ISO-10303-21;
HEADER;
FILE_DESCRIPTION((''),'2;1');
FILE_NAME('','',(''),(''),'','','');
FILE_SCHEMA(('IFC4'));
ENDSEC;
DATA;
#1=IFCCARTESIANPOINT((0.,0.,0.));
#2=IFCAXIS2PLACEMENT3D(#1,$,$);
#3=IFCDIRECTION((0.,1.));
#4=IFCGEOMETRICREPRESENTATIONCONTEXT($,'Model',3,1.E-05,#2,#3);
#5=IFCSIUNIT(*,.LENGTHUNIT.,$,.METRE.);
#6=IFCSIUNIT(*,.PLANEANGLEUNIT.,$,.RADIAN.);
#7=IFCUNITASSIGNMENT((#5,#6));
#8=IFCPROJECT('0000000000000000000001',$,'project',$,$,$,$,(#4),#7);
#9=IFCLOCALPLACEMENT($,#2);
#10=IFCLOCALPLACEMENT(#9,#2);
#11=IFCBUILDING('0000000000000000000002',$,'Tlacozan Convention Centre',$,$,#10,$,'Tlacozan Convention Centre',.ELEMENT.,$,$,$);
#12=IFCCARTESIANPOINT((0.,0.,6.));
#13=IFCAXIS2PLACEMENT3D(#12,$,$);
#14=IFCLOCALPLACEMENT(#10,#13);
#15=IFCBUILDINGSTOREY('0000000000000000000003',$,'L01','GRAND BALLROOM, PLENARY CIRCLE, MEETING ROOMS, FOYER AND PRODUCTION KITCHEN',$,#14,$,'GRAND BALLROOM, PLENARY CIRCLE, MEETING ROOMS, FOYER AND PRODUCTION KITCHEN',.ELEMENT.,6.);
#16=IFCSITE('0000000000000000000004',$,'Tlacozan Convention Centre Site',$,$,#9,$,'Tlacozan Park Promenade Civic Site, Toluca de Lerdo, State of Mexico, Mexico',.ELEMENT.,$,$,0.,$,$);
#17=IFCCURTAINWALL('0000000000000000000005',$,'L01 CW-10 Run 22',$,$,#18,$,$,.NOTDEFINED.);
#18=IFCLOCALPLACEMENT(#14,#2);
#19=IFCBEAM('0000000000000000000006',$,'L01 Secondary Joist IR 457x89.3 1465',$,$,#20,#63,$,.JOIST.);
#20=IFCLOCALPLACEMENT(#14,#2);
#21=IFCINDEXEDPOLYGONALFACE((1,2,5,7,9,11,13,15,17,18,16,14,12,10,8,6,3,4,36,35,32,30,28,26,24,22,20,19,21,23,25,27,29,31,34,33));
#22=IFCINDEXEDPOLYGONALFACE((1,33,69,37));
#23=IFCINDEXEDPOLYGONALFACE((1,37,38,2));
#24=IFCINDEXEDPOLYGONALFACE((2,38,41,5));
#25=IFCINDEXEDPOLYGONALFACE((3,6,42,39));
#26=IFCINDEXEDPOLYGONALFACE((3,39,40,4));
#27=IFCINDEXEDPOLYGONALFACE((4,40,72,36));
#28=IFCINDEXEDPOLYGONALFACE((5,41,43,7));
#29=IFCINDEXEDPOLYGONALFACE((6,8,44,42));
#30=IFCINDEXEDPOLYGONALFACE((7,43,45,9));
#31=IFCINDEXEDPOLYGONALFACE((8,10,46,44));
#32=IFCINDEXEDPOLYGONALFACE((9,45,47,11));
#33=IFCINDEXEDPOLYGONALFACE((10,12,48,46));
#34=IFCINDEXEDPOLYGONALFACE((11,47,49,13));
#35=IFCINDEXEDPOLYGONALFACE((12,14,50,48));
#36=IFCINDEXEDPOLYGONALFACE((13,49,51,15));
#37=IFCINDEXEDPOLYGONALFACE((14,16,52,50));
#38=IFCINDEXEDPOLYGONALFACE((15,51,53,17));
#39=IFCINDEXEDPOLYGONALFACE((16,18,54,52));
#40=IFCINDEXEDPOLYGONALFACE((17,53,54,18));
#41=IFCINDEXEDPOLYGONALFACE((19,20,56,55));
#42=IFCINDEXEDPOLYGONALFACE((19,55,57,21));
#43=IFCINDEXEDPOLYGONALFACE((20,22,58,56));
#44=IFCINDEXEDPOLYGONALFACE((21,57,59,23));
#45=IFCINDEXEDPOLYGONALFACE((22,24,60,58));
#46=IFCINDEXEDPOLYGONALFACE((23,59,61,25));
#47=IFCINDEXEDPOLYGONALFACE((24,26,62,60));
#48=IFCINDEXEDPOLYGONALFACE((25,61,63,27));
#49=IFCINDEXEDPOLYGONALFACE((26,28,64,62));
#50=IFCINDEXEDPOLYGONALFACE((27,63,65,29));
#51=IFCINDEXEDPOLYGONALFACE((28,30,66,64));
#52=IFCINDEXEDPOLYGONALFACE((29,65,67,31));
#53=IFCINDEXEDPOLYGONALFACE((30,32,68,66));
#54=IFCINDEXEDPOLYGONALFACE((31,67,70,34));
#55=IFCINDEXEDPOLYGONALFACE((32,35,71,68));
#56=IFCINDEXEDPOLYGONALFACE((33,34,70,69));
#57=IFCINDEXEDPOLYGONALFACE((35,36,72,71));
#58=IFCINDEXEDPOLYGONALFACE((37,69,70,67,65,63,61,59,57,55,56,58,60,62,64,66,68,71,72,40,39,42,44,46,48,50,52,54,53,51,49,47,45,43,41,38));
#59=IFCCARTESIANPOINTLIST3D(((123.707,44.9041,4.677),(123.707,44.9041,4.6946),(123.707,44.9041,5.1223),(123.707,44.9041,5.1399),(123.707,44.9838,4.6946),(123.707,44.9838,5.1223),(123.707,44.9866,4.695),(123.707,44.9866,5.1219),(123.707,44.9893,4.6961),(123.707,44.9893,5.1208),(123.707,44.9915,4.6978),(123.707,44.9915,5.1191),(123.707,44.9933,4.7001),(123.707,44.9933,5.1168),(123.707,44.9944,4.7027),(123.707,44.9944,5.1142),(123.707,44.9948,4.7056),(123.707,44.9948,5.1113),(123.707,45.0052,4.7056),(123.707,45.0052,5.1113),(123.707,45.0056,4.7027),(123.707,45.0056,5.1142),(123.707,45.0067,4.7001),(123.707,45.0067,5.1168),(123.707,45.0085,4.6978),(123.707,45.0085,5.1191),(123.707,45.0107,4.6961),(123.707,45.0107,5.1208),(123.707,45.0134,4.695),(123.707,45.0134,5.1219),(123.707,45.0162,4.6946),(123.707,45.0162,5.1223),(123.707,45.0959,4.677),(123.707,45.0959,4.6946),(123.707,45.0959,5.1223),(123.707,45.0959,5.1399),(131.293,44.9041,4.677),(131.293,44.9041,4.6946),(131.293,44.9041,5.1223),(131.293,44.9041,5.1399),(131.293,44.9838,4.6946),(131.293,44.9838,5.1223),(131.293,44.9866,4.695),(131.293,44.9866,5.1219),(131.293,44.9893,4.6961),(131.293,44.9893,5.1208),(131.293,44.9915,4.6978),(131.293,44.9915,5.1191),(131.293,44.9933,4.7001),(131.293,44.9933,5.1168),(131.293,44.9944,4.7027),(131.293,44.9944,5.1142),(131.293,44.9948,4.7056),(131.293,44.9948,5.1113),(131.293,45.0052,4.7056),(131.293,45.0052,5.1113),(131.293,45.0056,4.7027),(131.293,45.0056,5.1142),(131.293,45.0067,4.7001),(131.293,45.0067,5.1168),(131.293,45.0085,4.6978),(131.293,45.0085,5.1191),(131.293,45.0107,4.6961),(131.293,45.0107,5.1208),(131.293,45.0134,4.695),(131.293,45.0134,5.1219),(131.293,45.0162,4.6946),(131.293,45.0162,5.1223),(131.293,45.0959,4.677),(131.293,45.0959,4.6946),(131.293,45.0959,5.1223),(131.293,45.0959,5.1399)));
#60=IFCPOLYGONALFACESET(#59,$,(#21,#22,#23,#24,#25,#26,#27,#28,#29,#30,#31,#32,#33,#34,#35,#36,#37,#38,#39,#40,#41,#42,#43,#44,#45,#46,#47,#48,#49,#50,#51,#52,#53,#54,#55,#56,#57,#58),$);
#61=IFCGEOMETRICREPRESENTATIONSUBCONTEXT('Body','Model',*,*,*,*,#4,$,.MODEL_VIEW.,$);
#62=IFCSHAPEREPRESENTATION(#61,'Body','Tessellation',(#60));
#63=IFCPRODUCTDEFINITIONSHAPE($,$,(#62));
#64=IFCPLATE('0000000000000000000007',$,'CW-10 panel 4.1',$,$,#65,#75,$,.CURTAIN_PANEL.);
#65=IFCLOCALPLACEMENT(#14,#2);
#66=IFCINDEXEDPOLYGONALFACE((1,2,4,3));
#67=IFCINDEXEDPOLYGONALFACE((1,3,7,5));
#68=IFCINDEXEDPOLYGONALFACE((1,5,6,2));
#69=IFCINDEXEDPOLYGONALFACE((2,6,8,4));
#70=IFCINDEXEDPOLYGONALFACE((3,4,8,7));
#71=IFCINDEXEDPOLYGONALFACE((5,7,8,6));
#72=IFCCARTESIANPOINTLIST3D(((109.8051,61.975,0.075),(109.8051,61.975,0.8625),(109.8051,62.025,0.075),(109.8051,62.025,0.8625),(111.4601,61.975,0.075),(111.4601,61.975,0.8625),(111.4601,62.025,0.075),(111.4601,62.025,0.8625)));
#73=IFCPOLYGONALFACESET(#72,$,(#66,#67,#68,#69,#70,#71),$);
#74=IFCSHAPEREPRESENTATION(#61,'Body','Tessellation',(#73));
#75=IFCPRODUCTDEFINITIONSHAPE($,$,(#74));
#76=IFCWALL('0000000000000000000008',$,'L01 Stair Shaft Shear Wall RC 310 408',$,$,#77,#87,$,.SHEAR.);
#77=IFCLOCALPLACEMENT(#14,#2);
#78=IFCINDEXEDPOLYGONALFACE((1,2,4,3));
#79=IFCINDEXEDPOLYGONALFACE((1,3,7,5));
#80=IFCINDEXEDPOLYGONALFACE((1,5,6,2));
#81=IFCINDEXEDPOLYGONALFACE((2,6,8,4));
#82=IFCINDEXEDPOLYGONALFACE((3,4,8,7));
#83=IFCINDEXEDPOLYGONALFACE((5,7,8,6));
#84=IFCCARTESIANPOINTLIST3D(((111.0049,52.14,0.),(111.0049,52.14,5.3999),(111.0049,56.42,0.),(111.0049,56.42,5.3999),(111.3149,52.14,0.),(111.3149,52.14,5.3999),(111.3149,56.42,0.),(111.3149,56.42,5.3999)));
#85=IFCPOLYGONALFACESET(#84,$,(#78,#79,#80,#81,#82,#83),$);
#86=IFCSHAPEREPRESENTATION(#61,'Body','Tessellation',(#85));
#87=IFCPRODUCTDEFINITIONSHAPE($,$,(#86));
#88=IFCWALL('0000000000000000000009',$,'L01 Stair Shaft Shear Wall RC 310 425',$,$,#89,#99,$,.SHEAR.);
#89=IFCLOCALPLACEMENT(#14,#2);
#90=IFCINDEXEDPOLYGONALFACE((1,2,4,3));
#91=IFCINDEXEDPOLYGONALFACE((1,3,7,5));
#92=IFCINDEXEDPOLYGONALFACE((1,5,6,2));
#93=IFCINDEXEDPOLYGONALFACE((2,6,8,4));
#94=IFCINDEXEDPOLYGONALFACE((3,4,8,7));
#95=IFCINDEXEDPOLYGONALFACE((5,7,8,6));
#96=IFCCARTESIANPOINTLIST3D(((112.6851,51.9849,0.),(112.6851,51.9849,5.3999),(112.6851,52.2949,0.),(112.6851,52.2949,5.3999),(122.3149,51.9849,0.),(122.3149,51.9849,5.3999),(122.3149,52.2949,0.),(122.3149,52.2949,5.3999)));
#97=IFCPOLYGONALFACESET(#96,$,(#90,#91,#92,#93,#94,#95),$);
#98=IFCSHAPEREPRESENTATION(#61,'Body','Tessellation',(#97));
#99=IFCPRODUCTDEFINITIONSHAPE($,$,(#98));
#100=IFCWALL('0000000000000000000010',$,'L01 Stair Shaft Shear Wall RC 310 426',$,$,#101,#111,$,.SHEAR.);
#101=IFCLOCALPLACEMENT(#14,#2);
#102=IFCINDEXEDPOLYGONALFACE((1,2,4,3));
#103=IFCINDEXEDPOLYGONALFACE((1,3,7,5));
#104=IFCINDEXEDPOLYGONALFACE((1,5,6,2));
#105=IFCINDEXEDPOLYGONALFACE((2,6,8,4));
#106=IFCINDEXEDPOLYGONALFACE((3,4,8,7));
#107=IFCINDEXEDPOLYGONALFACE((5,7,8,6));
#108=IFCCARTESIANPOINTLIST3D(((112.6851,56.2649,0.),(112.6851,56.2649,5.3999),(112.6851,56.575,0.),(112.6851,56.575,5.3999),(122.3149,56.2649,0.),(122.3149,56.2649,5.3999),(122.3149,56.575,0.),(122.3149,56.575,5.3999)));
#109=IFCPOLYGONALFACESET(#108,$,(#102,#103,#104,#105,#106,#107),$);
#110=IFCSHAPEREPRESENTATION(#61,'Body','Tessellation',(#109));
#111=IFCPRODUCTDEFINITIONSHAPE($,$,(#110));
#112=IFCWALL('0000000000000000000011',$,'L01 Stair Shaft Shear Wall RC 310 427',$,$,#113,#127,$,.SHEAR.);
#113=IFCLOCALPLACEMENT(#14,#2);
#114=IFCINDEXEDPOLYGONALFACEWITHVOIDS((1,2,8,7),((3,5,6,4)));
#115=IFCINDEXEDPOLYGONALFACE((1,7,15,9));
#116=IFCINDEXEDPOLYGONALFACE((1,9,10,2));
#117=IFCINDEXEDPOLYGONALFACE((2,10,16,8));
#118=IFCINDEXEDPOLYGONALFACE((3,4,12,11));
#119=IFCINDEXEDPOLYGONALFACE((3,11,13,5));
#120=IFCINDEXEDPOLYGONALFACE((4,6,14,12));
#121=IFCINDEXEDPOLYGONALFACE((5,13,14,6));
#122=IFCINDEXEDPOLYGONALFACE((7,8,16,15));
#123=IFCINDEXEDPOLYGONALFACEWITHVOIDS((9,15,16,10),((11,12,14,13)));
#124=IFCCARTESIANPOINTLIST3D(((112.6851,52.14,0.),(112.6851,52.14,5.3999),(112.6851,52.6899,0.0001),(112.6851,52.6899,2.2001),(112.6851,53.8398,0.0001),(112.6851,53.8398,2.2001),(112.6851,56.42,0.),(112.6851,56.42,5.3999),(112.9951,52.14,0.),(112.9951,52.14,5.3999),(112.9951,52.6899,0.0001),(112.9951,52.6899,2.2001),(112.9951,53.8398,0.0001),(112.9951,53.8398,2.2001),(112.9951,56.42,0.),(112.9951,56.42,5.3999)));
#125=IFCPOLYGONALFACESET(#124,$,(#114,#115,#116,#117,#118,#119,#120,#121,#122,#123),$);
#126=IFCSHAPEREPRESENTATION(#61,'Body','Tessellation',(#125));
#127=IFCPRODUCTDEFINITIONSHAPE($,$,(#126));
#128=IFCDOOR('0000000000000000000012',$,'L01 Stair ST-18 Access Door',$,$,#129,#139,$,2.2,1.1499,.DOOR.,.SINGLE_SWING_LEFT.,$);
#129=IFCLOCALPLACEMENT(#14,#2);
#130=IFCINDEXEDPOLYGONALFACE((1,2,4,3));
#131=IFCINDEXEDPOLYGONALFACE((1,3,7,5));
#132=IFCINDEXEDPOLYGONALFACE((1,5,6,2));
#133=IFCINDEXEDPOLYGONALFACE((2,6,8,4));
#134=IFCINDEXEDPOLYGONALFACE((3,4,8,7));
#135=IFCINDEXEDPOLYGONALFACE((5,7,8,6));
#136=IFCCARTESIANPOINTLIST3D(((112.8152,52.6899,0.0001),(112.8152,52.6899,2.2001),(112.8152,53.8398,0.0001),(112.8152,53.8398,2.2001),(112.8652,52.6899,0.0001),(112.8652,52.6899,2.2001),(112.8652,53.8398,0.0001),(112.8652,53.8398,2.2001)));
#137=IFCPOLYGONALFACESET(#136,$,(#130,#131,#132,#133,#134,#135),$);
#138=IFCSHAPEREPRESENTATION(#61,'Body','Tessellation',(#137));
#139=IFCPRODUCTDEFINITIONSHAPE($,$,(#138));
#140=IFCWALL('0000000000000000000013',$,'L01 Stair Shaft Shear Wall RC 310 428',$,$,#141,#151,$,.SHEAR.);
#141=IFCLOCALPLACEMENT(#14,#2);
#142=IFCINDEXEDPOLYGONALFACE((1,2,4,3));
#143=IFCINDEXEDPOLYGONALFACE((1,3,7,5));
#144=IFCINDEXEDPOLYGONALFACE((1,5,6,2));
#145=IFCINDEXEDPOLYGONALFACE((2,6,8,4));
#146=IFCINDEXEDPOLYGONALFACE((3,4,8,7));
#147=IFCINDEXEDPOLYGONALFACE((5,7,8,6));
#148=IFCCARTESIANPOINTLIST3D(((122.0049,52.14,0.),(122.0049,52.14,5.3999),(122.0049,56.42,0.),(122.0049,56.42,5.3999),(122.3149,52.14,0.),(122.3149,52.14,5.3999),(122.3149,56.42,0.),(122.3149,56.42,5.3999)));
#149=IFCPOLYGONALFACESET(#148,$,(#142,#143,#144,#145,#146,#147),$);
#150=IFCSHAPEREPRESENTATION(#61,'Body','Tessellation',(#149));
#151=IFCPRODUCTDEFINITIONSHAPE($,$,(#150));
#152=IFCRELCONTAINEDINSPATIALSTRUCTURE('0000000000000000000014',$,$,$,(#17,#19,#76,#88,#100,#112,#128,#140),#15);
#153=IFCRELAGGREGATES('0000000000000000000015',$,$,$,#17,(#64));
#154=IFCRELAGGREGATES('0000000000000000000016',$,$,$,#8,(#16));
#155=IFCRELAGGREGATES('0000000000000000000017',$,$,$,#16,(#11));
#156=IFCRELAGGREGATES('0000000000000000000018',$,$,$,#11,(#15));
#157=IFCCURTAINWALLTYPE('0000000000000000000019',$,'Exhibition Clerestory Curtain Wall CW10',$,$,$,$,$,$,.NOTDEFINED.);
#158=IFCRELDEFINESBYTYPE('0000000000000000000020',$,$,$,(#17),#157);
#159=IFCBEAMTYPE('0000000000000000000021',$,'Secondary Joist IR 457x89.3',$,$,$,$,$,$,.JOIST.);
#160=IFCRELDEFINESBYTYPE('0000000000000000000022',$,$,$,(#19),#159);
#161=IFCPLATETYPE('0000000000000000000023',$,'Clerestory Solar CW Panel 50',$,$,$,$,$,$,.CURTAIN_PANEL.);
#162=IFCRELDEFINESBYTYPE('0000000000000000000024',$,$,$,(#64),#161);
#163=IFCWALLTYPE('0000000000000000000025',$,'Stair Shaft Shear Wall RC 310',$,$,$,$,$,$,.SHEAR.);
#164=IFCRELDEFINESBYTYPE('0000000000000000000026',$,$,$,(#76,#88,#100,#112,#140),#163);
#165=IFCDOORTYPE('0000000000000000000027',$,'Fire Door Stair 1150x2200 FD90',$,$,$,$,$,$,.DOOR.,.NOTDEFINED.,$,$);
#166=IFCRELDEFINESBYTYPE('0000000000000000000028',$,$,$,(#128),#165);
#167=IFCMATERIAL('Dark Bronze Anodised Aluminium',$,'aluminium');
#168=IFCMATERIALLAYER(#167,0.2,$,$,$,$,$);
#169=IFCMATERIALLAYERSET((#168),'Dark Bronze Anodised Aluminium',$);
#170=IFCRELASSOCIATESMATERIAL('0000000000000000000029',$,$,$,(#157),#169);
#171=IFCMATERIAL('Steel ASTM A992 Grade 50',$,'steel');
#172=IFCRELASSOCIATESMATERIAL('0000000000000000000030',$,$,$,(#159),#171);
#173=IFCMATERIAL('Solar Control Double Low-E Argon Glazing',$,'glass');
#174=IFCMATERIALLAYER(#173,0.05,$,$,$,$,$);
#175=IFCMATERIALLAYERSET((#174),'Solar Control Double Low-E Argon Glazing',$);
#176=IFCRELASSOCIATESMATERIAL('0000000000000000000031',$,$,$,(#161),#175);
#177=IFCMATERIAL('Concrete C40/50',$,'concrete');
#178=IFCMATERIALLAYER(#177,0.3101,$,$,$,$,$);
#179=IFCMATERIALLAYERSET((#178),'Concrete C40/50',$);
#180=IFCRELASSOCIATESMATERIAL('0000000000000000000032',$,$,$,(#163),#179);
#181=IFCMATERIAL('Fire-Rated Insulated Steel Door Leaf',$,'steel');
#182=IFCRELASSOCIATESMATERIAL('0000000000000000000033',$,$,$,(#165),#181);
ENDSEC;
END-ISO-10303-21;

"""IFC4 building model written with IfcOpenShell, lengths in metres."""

from ifc_helpers import new_model, si_unit, direction, frame, frame_2d, origin, origin_2d, place, context, subcontext, project, spatial, rectangle, i_section, extrude, material, layer, layer_set, material_profile, profile_set, type_object, element, fill, aggregate, save


model = new_model("IFC4")

# Units and contexts
model_context = context("Model", 3, precision=1e-05, world=origin(), true_north=direction((0.0, 1.0)))
body_context = subcontext(model_context, "Body", "Model", "MODEL_VIEW")
ifc_project = project(units=[si_unit("LENGTHUNIT", "METRE"), si_unit("PLANEANGLEUNIT", "RADIAN")], contexts=[model_context])

# Site, building, storey
site_placement = place(None, origin())
site = spatial("IfcSite", under=ifc_project, at=site_placement, Name="Tlacozan Convention Centre Site", LongName="Tlacozan Park Promenade Civic Site, Toluca de Lerdo, State of Mexico, Mexico", CompositionType="ELEMENT", RefElevation=0.0)
building_placement = place(site_placement, origin())
building = spatial("IfcBuilding", under=site, at=building_placement, Name="Tlacozan Convention Centre", LongName="Tlacozan Convention Centre", CompositionType="ELEMENT")
storey_placement = place(building_placement, frame((0.0, 0.0, 6.0)))
storey = spatial("IfcBuildingStorey", under=building, at=storey_placement, Name="L01", Description="GRAND BALLROOM, PLENARY CIRCLE, MEETING ROOMS, FOYER AND PRODUCTION KITCHEN", LongName="GRAND BALLROOM, PLENARY CIRCLE, MEETING ROOMS, FOYER AND PRODUCTION KITCHEN", CompositionType="ELEMENT", Elevation=6.0)

# Shared definitions
ifc_material_1 = material(Name="Steel ASTM A992 Grade 50", Category="steel")

# Curtain wall
ifc_material_2 = material(Name="Dark Bronze Anodised Aluminium", Category="aluminium")
ifc_layer_1 = layer(ifc_material_2, 0.2)
ifc_layer_set_1 = layer_set([ifc_layer_1], Name="Dark Bronze Anodised Aluminium")
curtain_wall_type = type_object("IfcCurtainWallType", Name="Exhibition Clerestory Curtain Wall CW10", PredefinedType="NOTDEFINED", material=ifc_layer_set_1)
curtain_wall_placement = place(storey_placement, origin())
curtain_wall = element("IfcCurtainWall", 1, at=curtain_wall_placement, inside=storey, type_object=curtain_wall_type, Name="L01 CW-10 Run 22", PredefinedType="NOTDEFINED")

# Beam
ifc_material_profile_1 = material_profile(ifc_material_1, i_section(OverallWidth=0.1919, OverallDepth=0.4629, WebThickness=0.0105, FlangeThickness=0.0176, FilletRadius=0.011, at=origin_2d()), Name="IR 457x89.3")
ifc_profile_set_1 = profile_set([ifc_material_profile_1], Name="Steel ASTM A992 Grade 50")
beam_type_1 = type_object("IfcBeamType", Name="Secondary Joist IR 457x89.3", PredefinedType="JOIST", material=ifc_profile_set_1)
for number, where, z_axis, x_axis, name in (
    (2, (123.707, 45.0, 4.9084), (1.0, 0.0, 0.0), (0.0, 1.0, 0.0), "L01 Secondary Joist IR 457x89.3 1465"),
):
    element("IfcBeam", number, at=place(storey_placement, frame(where, z_axis=z_axis, x_axis=x_axis)), inside=storey, type_object=beam_type_1, Name=name, PredefinedType="JOIST", context=body_context, shape_type="SweptSolid", body=[
        extrude(i_section(OverallWidth=0.1919, OverallDepth=0.4629, WebThickness=0.0105, FlangeThickness=0.0176, FilletRadius=0.011, at=origin_2d()), origin(), (0.0, 0.0, 1.0), 7.5859),
    ])

# Plate
ifc_material_3 = material(Name="Solar Control Double Low-E Argon Glazing", Category="glass")
ifc_layer_2 = layer(ifc_material_3, 0.05)
ifc_layer_set_2 = layer_set([ifc_layer_2], Name="Solar Control Double Low-E Argon Glazing")
plate_type = type_object("IfcPlateType", Name="Clerestory Solar CW Panel 50", PredefinedType="CURTAIN_PANEL", material=ifc_layer_set_2)
plate_placement = place(storey_placement, frame((110.6326, 62.0, 0.075), z_axis=(0.0, 0.0, 1.0), x_axis=(1.0, 0.0, 0.0)))
plate = element("IfcPlate", 3, at=plate_placement, type_object=plate_type, Name="CW-10 panel 4.1", PredefinedType="CURTAIN_PANEL", context=body_context, shape_type="SweptSolid", body=[
    extrude(rectangle(XDim=1.655, YDim=0.05, at=origin_2d()), origin(), (0.0, 0.0, 1.0), 0.7876),
])
aggregate(curtain_wall, [plate])

# Walls
ifc_material_4 = material(Name="Concrete C40/50", Category="concrete")
ifc_layer_3 = layer(ifc_material_4, 0.3101)
ifc_layer_set_3 = layer_set([ifc_layer_3], Name="Concrete C40/50")
wall_type = type_object("IfcWallType", Name="Stair Shaft Shear Wall RC 310", PredefinedType="SHEAR", material=ifc_layer_set_3)
wall_1_placement = place(storey_placement, frame((111.1599, 52.1399, 0.0), z_axis=(0.0, 0.0, 1.0), x_axis=(0.0, 1.0, 0.0)))
element("IfcWall", 4, at=wall_1_placement, inside=storey, type_object=wall_type, Name="L01 Stair Shaft Shear Wall RC 310 408", PredefinedType="SHEAR", context=body_context, shape_type="SweptSolid", body=[
    extrude(rectangle(XDim=4.28, YDim=0.3101, at=frame_2d((2.1401, 0.0))), origin(), (0.0, 0.0, 1.0), 5.3999),
])
for number, where, z_axis, x_axis, name in (
    (5, (112.6851, 52.1399, 0.0), (0.0, 0.0, 1.0), (1.0, 0.0, 0.0), "L01 Stair Shaft Shear Wall RC 310 425"),
    (6, (112.6851, 56.4199, 0.0), (0.0, 0.0, 1.0), (1.0, 0.0, 0.0), "L01 Stair Shaft Shear Wall RC 310 426"),
):
    element("IfcWall", number, at=place(storey_placement, frame(where, z_axis=z_axis, x_axis=x_axis)), inside=storey, type_object=wall_type, Name=name, PredefinedType="SHEAR", context=body_context, shape_type="SweptSolid", body=[
        extrude(rectangle(XDim=9.6299, YDim=0.3101, at=frame_2d((4.8149, 0.0))), origin(), (0.0, 0.0, 1.0), 5.3999),
    ])

# Wall, opening, door
wall_2_placement = place(storey_placement, frame((112.8401, 52.1399, 0.0), z_axis=(0.0, 0.0, 1.0), x_axis=(0.0, 1.0, 0.0)))
wall_2 = element("IfcWall", 7, at=wall_2_placement, inside=storey, type_object=wall_type, Name="L01 Stair Shaft Shear Wall RC 310 427", PredefinedType="SHEAR", context=body_context, shape_type="SweptSolid", body=[
    extrude(rectangle(XDim=4.28, YDim=0.3101, at=frame_2d((2.1401, 0.0))), origin(), (0.0, 0.0, 1.0), 5.3999),
])
opening_placement = place(wall_2_placement, frame((0.55, 0.0, 0.0)))
opening = element("IfcOpeningElement", 8, at=opening_placement, cuts=wall_2, PredefinedType="OPENING", context=body_context, shape_type="SweptSolid", body=[
    extrude(rectangle(XDim=1.1499, YDim=2.2, at=frame_2d((0.575, 1.1001))), frame((0.0, 0.165, 0.0), z_axis=(0.0, -1.0, 0.0), x_axis=(1.0, 0.0, 0.0)), (0.0, 0.0, 1.0), 0.3301),
])
ifc_material_5 = material(Name="Fire-Rated Insulated Steel Door Leaf", Category="steel")
door_type = type_object("IfcDoorType", Name="Fire Door Stair 1150x2200 FD90", OperationType="NOTDEFINED", PredefinedType="DOOR", material=ifc_material_5)
door_placement = place(opening_placement, origin())
door = element("IfcDoor", 9, at=door_placement, inside=storey, type_object=door_type, Name="L01 Stair ST-18 Access Door", OperationType="SINGLE_SWING_LEFT", OverallHeight=2.2, OverallWidth=1.1499, PredefinedType="DOOR", context=body_context, shape_type="SweptSolid", body=[
    extrude(rectangle(XDim=1.1499, YDim=2.2, at=frame_2d((0.575, 1.1001))), frame((0.0, 0.0249, 0.0), z_axis=(0.0, -1.0, 0.0), x_axis=(1.0, 0.0, 0.0)), (0.0, 0.0, 1.0), 0.05),
])
fill(opening, door)

# Wall
wall_3_placement = place(storey_placement, frame((122.1599, 52.1399, 0.0), z_axis=(0.0, 0.0, 1.0), x_axis=(0.0, 1.0, 0.0)))
element("IfcWall", 10, at=wall_3_placement, inside=storey, type_object=wall_type, Name="L01 Stair Shaft Shear Wall RC 310 428", PredefinedType="SHEAR", context=body_context, shape_type="SweptSolid", body=[
    extrude(rectangle(XDim=4.28, YDim=0.3101, at=frame_2d((2.1401, 0.0))), origin(), (0.0, 0.0, 1.0), 5.3999),
])

save(model, "model.ifc")
